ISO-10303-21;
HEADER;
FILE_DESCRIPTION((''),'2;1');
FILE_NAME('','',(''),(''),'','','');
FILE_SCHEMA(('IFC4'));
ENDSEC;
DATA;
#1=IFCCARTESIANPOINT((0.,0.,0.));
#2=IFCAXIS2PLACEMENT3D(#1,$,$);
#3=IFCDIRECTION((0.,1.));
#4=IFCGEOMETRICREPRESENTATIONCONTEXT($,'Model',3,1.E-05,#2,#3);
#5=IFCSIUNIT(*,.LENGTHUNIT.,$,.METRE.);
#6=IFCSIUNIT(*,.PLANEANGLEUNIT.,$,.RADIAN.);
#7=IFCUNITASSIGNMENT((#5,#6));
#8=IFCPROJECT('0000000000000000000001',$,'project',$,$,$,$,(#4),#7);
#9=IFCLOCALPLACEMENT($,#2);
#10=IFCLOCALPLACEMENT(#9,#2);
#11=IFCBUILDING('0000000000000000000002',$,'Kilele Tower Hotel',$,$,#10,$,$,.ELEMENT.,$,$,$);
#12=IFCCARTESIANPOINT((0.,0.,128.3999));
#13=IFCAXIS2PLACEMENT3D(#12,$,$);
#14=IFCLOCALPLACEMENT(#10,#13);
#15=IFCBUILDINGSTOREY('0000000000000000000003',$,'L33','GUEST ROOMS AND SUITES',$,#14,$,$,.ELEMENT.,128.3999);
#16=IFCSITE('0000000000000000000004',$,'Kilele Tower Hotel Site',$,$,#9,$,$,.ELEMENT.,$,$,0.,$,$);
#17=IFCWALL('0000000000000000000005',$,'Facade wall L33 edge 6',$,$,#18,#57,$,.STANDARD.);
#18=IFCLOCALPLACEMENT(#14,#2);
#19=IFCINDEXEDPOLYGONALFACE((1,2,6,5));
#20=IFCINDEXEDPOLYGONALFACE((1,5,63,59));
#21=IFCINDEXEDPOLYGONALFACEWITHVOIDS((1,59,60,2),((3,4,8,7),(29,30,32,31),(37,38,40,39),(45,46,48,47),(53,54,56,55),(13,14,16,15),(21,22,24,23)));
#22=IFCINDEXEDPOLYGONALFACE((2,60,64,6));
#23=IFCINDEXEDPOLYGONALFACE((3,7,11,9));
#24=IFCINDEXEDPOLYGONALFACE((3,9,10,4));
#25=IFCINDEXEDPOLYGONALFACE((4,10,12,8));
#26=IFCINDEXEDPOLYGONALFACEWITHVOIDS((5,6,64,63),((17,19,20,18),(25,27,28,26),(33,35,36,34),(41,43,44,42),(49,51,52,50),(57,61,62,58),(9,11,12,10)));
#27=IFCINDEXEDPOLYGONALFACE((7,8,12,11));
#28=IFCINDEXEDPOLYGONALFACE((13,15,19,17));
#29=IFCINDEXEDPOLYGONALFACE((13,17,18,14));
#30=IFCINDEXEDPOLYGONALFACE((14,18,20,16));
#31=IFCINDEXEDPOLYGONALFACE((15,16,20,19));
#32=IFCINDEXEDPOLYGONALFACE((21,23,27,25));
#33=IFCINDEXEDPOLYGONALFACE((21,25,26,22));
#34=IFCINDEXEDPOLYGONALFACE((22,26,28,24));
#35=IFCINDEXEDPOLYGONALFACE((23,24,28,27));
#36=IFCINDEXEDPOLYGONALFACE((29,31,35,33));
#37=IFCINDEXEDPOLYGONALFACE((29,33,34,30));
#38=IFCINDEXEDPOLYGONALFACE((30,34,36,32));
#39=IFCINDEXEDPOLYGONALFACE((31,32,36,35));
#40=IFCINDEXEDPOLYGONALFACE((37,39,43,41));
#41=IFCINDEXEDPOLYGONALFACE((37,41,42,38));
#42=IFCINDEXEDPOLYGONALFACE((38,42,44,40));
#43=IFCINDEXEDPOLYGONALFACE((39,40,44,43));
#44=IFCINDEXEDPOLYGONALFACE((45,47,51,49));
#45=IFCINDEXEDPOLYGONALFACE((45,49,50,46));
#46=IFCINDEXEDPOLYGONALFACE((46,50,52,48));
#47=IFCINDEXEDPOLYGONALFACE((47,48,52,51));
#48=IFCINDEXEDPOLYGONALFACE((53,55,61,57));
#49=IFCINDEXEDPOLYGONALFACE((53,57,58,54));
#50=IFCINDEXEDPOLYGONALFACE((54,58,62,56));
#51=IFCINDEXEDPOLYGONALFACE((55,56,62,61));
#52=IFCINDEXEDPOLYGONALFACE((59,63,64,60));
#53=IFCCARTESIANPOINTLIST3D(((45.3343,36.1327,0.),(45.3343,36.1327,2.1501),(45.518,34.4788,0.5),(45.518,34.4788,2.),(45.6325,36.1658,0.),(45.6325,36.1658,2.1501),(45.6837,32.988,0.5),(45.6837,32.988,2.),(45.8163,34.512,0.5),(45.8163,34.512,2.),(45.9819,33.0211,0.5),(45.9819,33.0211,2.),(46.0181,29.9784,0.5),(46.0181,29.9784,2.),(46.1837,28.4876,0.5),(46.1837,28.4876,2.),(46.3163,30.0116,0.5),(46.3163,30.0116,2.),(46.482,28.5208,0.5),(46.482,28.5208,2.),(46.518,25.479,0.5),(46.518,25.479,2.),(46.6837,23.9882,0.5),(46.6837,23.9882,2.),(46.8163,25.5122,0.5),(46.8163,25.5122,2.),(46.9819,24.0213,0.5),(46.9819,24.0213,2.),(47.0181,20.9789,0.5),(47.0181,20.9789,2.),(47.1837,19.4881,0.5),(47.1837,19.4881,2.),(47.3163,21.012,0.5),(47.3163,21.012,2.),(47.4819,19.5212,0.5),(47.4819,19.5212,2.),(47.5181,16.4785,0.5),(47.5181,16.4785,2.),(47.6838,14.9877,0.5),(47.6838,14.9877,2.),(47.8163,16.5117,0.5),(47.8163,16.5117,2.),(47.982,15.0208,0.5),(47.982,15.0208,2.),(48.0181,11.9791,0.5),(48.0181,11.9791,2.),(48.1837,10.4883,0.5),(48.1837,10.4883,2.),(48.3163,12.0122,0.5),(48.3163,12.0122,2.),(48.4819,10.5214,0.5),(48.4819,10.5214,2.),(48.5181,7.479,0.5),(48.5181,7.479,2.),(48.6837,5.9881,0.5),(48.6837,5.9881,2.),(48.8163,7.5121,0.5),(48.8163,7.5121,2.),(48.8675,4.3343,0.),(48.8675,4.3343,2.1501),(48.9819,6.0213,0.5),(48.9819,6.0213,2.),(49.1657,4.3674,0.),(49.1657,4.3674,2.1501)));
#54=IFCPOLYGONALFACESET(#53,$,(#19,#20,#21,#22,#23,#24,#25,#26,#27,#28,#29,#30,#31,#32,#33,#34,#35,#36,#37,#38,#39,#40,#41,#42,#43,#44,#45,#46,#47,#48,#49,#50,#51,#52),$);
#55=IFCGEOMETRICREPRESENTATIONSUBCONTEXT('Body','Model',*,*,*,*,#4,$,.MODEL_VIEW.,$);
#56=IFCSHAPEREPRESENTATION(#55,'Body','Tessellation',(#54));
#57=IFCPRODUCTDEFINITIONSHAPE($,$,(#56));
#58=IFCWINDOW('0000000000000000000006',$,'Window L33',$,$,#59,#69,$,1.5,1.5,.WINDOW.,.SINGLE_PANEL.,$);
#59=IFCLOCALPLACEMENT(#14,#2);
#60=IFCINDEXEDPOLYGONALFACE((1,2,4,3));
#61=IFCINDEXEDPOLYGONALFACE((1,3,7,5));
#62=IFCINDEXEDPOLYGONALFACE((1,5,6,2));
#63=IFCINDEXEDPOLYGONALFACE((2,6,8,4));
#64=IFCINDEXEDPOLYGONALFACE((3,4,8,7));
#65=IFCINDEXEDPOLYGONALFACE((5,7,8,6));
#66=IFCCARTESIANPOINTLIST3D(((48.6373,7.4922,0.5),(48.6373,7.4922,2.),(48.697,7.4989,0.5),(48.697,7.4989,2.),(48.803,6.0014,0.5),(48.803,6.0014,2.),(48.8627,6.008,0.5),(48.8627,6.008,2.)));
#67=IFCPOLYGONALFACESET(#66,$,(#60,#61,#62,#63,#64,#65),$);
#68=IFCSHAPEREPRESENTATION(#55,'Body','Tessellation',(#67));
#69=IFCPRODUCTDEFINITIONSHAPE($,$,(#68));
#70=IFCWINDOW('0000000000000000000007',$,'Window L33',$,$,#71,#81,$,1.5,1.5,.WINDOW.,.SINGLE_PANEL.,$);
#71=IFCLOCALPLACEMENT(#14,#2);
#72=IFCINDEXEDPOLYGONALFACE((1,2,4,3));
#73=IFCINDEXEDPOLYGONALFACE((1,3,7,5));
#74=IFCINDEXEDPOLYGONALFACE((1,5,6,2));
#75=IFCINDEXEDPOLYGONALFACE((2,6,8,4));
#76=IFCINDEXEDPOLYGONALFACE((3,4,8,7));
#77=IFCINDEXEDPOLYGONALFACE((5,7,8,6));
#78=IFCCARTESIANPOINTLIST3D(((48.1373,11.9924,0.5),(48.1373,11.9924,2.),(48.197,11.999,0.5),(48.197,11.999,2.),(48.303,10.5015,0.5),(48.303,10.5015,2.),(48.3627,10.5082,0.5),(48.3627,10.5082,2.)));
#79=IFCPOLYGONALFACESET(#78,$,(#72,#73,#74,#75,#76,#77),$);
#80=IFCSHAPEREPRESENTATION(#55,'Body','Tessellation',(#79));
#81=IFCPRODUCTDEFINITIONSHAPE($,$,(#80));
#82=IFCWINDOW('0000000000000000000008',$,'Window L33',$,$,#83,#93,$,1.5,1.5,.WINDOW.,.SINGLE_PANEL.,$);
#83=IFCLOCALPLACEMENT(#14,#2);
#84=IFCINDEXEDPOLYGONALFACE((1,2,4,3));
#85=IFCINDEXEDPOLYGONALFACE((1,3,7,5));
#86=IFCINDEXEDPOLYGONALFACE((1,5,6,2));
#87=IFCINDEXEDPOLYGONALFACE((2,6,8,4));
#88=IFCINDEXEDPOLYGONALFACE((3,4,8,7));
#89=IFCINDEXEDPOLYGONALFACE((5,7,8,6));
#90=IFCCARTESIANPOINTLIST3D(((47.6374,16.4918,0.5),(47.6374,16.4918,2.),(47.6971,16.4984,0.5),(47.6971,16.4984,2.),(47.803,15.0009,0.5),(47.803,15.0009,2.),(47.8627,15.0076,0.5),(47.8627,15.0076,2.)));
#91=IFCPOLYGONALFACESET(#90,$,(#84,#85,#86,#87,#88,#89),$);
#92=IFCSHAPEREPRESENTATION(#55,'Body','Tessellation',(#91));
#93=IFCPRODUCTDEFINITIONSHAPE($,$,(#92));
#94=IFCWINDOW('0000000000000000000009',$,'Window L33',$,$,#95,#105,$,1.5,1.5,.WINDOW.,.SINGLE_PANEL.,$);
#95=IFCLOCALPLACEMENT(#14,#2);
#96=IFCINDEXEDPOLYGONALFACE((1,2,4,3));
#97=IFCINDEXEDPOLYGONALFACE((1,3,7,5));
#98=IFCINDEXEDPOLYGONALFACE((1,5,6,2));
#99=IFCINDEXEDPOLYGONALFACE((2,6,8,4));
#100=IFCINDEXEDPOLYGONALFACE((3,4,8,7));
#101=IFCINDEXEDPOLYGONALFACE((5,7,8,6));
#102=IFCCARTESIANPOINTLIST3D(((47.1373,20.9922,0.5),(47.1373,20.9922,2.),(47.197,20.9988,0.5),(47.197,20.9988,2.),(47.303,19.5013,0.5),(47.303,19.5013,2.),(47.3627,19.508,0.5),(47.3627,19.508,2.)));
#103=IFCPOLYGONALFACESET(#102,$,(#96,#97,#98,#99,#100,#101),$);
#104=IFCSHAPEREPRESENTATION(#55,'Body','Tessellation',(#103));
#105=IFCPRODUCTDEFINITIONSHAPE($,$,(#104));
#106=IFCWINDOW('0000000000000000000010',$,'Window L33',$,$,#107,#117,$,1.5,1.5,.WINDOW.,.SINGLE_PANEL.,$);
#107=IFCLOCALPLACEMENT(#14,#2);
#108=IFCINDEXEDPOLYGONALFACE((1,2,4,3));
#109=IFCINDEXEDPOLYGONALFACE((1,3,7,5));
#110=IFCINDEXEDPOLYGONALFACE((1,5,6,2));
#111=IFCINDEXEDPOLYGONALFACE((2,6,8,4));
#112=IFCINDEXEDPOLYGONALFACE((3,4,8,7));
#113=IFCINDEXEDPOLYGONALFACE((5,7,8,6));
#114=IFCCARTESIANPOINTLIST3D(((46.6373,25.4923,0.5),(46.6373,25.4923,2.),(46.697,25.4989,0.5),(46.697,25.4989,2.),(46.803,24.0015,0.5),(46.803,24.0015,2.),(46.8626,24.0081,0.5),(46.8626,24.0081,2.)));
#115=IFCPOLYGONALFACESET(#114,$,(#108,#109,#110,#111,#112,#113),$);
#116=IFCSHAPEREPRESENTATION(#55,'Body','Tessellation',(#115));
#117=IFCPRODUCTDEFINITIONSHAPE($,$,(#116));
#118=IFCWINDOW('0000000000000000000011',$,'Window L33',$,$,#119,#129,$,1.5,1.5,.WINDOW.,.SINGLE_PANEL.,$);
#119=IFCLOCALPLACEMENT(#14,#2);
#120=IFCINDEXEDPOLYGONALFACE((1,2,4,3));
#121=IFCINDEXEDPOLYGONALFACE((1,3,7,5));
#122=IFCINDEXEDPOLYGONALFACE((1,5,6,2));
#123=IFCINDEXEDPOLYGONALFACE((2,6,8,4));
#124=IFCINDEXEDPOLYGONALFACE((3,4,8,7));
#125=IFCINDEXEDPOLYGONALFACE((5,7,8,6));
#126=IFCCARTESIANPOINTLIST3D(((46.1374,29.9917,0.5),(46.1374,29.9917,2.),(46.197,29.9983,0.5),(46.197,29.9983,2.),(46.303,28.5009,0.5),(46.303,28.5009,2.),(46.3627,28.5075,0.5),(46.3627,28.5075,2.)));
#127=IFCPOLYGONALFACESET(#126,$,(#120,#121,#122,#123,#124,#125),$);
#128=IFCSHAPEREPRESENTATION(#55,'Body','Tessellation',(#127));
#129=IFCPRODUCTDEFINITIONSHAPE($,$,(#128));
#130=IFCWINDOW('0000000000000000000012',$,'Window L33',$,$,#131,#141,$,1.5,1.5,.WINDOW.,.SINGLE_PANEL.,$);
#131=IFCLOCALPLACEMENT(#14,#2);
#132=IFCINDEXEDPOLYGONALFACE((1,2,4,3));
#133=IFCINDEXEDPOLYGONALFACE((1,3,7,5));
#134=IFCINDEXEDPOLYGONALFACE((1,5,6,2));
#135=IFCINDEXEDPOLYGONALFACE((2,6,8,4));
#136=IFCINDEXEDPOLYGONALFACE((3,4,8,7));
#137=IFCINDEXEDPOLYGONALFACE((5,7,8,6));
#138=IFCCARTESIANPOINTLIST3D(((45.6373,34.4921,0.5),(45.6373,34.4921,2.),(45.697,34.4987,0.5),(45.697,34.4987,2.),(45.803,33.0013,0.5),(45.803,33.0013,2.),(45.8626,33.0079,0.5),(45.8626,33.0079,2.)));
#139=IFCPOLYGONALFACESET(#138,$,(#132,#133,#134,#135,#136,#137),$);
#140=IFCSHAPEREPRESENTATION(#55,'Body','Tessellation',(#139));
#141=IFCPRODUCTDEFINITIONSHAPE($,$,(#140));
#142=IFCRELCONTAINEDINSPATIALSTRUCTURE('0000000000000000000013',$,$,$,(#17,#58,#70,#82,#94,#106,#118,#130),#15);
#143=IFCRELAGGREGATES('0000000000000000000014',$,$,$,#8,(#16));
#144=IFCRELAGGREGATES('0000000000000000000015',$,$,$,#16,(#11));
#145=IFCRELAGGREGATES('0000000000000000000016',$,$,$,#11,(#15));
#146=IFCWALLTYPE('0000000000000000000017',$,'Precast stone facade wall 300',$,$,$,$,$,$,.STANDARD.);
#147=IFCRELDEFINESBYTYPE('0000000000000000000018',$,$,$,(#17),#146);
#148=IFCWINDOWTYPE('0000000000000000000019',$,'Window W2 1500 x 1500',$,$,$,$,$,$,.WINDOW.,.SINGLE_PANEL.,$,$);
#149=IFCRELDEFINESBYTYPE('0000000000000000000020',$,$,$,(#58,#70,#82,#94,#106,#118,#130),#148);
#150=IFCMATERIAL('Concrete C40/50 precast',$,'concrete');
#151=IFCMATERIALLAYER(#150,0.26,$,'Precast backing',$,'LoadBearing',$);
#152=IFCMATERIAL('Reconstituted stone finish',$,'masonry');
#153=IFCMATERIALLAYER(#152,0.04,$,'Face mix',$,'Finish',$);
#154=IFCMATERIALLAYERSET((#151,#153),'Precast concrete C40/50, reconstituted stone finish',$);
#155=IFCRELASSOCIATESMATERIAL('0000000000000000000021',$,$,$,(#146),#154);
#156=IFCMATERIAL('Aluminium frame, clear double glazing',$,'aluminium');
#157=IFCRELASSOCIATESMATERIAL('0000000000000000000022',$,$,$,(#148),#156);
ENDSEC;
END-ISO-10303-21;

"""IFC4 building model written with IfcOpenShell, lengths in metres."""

from ifc_helpers import new_model, si_unit, direction, frame, frame_2d, origin, place, context, subcontext, project, spatial, rectangle, extrude, material, layer, layer_set, type_object, element, fill, save


model = new_model("IFC4")

# Units and contexts
model_context = context("Model", 3, precision=1e-05, world=origin(), true_north=direction((0.0, 1.0)))
body_context = subcontext(model_context, "Body", "Model", "MODEL_VIEW")
ifc_project = project(units=[si_unit("LENGTHUNIT", "METRE"), si_unit("PLANEANGLEUNIT", "RADIAN")], contexts=[model_context])

# Site, building, storey
site_placement = place(None, origin())
site = spatial("IfcSite", under=ifc_project, at=site_placement, Name="Kilele Tower Hotel Site", CompositionType="ELEMENT", RefElevation=0.0)
building_placement = place(site_placement, origin())
building = spatial("IfcBuilding", under=site, at=building_placement, Name="Kilele Tower Hotel", CompositionType="ELEMENT")
storey_placement = place(building_placement, frame((0.0, 0.0, 128.3999)))
storey = spatial("IfcBuildingStorey", under=building, at=storey_placement, Name="L33", Description="GUEST ROOMS AND SUITES", CompositionType="ELEMENT", Elevation=128.3999)

# Shared definitions
ifc_material_1 = material(Name="Concrete C40/50 precast", Category="concrete")
ifc_layer_1 = layer(ifc_material_1, 0.26, Name="Precast backing", Category="LoadBearing")
ifc_material_2 = material(Name="Reconstituted stone finish", Category="masonry")
ifc_layer_2 = layer(ifc_material_2, 0.04, Name="Face mix", Category="Finish")
ifc_layer_set_1 = layer_set([ifc_layer_1, ifc_layer_2], Name="Precast concrete C40/50, reconstituted stone finish")
wall_type_1 = type_object("IfcWallType", Name="Precast stone facade wall 300", PredefinedType="STANDARD", material=ifc_layer_set_1)
ifc_material_3 = material(Name="Aluminium frame, clear double glazing", Category="aluminium")
window_type = type_object("IfcWindowType", Name="Window W2 1500 x 1500", PartitioningType="SINGLE_PANEL", PredefinedType="WINDOW", material=ifc_material_3)

# Wall, openings, windows
wall_1_placement = place(storey_placement, frame((49.0166, 4.3508, 0.0), z_axis=(0.0, 0.0, 1.0), x_axis=(-0.110433, 0.993884, 0.0)))
wall_1 = element("IfcWall", 1, at=wall_1_placement, inside=storey, type_object=wall_type_1, Name="Facade wall L33 edge 6", PredefinedType="STANDARD", context=body_context, shape_type="SweptSolid", body=[
    extrude(rectangle(XDim=31.9941, YDim=0.3, at=frame_2d((15.9971, 0.0))), origin(), (0.0, 0.0, 1.0), 2.1501),
])
opening_1_placement = place(wall_1_placement, frame((1.6641, 0.0, 0.5)))
opening_1 = element("IfcOpeningElement", 2, at=opening_1_placement, cuts=wall_1, PredefinedType="OPENING", context=body_context, shape_type="SweptSolid", body=[
    extrude(rectangle(XDim=1.5, YDim=1.5, at=frame_2d((0.75, 0.75))), frame((0.0, 0.1599, 0.0), z_axis=(0.0, -1.0, 0.0), x_axis=(1.0, 0.0, 0.0)), (0.0, 0.0, 1.0), 0.3201),
])
opening_2_placement = place(wall_1_placement, frame((6.1919, 0.0, 0.5)))
opening_2 = element("IfcOpeningElement", 3, at=opening_2_placement, cuts=wall_1, PredefinedType="OPENING", context=body_context, shape_type="SweptSolid", body=[
    extrude(rectangle(XDim=1.5, YDim=1.5, at=frame_2d((0.75, 0.75))), frame((0.0, 0.1599, 0.0), z_axis=(0.0, -1.0, 0.0), x_axis=(1.0, 0.0, 0.0)), (0.0, 0.0, 1.0), 0.3201),
])
opening_3_placement = place(wall_1_placement, frame((10.719, 0.0, 0.5)))
opening_3 = element("IfcOpeningElement", 4, at=opening_3_placement, cuts=wall_1, PredefinedType="OPENING", context=body_context, shape_type="SweptSolid", body=[
    extrude(rectangle(XDim=1.5, YDim=1.5, at=frame_2d((0.75, 0.75))), frame((0.0, 0.1599, 0.0), z_axis=(0.0, -1.0, 0.0), x_axis=(1.0, 0.0, 0.0)), (0.0, 0.0, 1.0), 0.3201),
])
opening_4_placement = place(wall_1_placement, frame((15.2471, 0.0, 0.5)))
opening_4 = element("IfcOpeningElement", 5, at=opening_4_placement, cuts=wall_1, PredefinedType="OPENING", context=body_context, shape_type="SweptSolid", body=[
    extrude(rectangle(XDim=1.5, YDim=1.5, at=frame_2d((0.75, 0.75))), frame((0.0, 0.1599, 0.0), z_axis=(0.0, -1.0, 0.0), x_axis=(1.0, 0.0, 0.0)), (0.0, 0.0, 1.0), 0.3201),
])
opening_5_placement = place(wall_1_placement, frame((19.7749, 0.0, 0.5)))
opening_5 = element("IfcOpeningElement", 6, at=opening_5_placement, cuts=wall_1, PredefinedType="OPENING", context=body_context, shape_type="SweptSolid", body=[
    extrude(rectangle(XDim=1.5, YDim=1.5, at=frame_2d((0.75, 0.75))), frame((0.0, 0.1599, 0.0), z_axis=(0.0, -1.0, 0.0), x_axis=(1.0, 0.0, 0.0)), (0.0, 0.0, 1.0), 0.3201),
])
opening_6_placement = place(wall_1_placement, frame((24.302, 0.0, 0.5)))
opening_6 = element("IfcOpeningElement", 7, at=opening_6_placement, cuts=wall_1, PredefinedType="OPENING", context=body_context, shape_type="SweptSolid", body=[
    extrude(rectangle(XDim=1.5, YDim=1.5, at=frame_2d((0.75, 0.75))), frame((0.0, 0.1599, 0.0), z_axis=(0.0, -1.0, 0.0), x_axis=(1.0, 0.0, 0.0)), (0.0, 0.0, 1.0), 0.3201),
])
opening_7_placement = place(wall_1_placement, frame((28.8301, 0.0, 0.5)))
opening_7 = element("IfcOpeningElement", 8, at=opening_7_placement, cuts=wall_1, PredefinedType="OPENING", context=body_context, shape_type="SweptSolid", body=[
    extrude(rectangle(XDim=1.5, YDim=1.5, at=frame_2d((0.75, 0.75))), frame((0.0, 0.1599, 0.0), z_axis=(0.0, -1.0, 0.0), x_axis=(1.0, 0.0, 0.0)), (0.0, 0.0, 1.0), 0.3201),
])
window_1_placement = place(opening_1_placement, origin())
window_1 = element("IfcWindow", 9, at=window_1_placement, inside=storey, type_object=window_type, Name="Window L33", OverallHeight=1.5, OverallWidth=1.5, PartitioningType="SINGLE_PANEL", PredefinedType="WINDOW", context=body_context, shape_type="SweptSolid", body=[
    extrude(rectangle(XDim=1.5, YDim=1.5, at=frame_2d((0.75, 0.75))), frame((0.0, 0.03, 0.0), z_axis=(0.0, -1.0, 0.0), x_axis=(1.0, 0.0, 0.0)), (0.0, 0.0, 1.0), 0.0601),
])
fill(opening_1, window_1)
window_2_placement = place(opening_2_placement, origin())
window_2 = element("IfcWindow", 10, at=window_2_placement, inside=storey, type_object=window_type, Name="Window L33", OverallHeight=1.5, OverallWidth=1.5, PartitioningType="SINGLE_PANEL", PredefinedType="WINDOW", context=body_context, shape_type="SweptSolid", body=[
    extrude(rectangle(XDim=1.5, YDim=1.5, at=frame_2d((0.75, 0.75))), frame((0.0, 0.03, 0.0), z_axis=(0.0, -1.0, 0.0), x_axis=(1.0, 0.0, 0.0)), (0.0, 0.0, 1.0), 0.0601),
])
fill(opening_2, window_2)
window_3_placement = place(opening_3_placement, origin())
window_3 = element("IfcWindow", 11, at=window_3_placement, inside=storey, type_object=window_type, Name="Window L33", OverallHeight=1.5, OverallWidth=1.5, PartitioningType="SINGLE_PANEL", PredefinedType="WINDOW", context=body_context, shape_type="SweptSolid", body=[
    extrude(rectangle(XDim=1.5, YDim=1.5, at=frame_2d((0.75, 0.75))), frame((0.0, 0.03, 0.0), z_axis=(0.0, -1.0, 0.0), x_axis=(1.0, 0.0, 0.0)), (0.0, 0.0, 1.0), 0.0601),
])
fill(opening_3, window_3)
window_4_placement = place(opening_4_placement, origin())
window_4 = element("IfcWindow", 12, at=window_4_placement, inside=storey, type_object=window_type, Name="Window L33", OverallHeight=1.5, OverallWidth=1.5, PartitioningType="SINGLE_PANEL", PredefinedType="WINDOW", context=body_context, shape_type="SweptSolid", body=[
    extrude(rectangle(XDim=1.5, YDim=1.5, at=frame_2d((0.75, 0.75))), frame((0.0, 0.03, 0.0), z_axis=(0.0, -1.0, 0.0), x_axis=(1.0, 0.0, 0.0)), (0.0, 0.0, 1.0), 0.0601),
])
fill(opening_4, window_4)
window_5_placement = place(opening_5_placement, origin())
window_5 = element("IfcWindow", 13, at=window_5_placement, inside=storey, type_object=window_type, Name="Window L33", OverallHeight=1.5, OverallWidth=1.5, PartitioningType="SINGLE_PANEL", PredefinedType="WINDOW", context=body_context, shape_type="SweptSolid", body=[
    extrude(rectangle(XDim=1.5, YDim=1.5, at=frame_2d((0.75, 0.75))), frame((0.0, 0.03, 0.0), z_axis=(0.0, -1.0, 0.0), x_axis=(1.0, 0.0, 0.0)), (0.0, 0.0, 1.0), 0.0601),
])
fill(opening_5, window_5)
window_6_placement = place(opening_6_placement, origin())
window_6 = element("IfcWindow", 14, at=window_6_placement, inside=storey, type_object=window_type, Name="Window L33", OverallHeight=1.5, OverallWidth=1.5, PartitioningType="SINGLE_PANEL", PredefinedType="WINDOW", context=body_context, shape_type="SweptSolid", body=[
    extrude(rectangle(XDim=1.5, YDim=1.5, at=frame_2d((0.75, 0.75))), frame((0.0, 0.03, 0.0), z_axis=(0.0, -1.0, 0.0), x_axis=(1.0, 0.0, 0.0)), (0.0, 0.0, 1.0), 0.0601),
])
fill(opening_6, window_6)
window_7_placement = place(opening_7_placement, origin())
window_7 = element("IfcWindow", 15, at=window_7_placement, inside=storey, type_object=window_type, Name="Window L33", OverallHeight=1.5, OverallWidth=1.5, PartitioningType="SINGLE_PANEL", PredefinedType="WINDOW", context=body_context, shape_type="SweptSolid", body=[
    extrude(rectangle(XDim=1.5, YDim=1.5, at=frame_2d((0.75, 0.75))), frame((0.0, 0.03, 0.0), z_axis=(0.0, -1.0, 0.0), x_axis=(1.0, 0.0, 0.0)), (0.0, 0.0, 1.0), 0.0601),
])
fill(opening_7, window_7)

save(model, "model.ifc")
